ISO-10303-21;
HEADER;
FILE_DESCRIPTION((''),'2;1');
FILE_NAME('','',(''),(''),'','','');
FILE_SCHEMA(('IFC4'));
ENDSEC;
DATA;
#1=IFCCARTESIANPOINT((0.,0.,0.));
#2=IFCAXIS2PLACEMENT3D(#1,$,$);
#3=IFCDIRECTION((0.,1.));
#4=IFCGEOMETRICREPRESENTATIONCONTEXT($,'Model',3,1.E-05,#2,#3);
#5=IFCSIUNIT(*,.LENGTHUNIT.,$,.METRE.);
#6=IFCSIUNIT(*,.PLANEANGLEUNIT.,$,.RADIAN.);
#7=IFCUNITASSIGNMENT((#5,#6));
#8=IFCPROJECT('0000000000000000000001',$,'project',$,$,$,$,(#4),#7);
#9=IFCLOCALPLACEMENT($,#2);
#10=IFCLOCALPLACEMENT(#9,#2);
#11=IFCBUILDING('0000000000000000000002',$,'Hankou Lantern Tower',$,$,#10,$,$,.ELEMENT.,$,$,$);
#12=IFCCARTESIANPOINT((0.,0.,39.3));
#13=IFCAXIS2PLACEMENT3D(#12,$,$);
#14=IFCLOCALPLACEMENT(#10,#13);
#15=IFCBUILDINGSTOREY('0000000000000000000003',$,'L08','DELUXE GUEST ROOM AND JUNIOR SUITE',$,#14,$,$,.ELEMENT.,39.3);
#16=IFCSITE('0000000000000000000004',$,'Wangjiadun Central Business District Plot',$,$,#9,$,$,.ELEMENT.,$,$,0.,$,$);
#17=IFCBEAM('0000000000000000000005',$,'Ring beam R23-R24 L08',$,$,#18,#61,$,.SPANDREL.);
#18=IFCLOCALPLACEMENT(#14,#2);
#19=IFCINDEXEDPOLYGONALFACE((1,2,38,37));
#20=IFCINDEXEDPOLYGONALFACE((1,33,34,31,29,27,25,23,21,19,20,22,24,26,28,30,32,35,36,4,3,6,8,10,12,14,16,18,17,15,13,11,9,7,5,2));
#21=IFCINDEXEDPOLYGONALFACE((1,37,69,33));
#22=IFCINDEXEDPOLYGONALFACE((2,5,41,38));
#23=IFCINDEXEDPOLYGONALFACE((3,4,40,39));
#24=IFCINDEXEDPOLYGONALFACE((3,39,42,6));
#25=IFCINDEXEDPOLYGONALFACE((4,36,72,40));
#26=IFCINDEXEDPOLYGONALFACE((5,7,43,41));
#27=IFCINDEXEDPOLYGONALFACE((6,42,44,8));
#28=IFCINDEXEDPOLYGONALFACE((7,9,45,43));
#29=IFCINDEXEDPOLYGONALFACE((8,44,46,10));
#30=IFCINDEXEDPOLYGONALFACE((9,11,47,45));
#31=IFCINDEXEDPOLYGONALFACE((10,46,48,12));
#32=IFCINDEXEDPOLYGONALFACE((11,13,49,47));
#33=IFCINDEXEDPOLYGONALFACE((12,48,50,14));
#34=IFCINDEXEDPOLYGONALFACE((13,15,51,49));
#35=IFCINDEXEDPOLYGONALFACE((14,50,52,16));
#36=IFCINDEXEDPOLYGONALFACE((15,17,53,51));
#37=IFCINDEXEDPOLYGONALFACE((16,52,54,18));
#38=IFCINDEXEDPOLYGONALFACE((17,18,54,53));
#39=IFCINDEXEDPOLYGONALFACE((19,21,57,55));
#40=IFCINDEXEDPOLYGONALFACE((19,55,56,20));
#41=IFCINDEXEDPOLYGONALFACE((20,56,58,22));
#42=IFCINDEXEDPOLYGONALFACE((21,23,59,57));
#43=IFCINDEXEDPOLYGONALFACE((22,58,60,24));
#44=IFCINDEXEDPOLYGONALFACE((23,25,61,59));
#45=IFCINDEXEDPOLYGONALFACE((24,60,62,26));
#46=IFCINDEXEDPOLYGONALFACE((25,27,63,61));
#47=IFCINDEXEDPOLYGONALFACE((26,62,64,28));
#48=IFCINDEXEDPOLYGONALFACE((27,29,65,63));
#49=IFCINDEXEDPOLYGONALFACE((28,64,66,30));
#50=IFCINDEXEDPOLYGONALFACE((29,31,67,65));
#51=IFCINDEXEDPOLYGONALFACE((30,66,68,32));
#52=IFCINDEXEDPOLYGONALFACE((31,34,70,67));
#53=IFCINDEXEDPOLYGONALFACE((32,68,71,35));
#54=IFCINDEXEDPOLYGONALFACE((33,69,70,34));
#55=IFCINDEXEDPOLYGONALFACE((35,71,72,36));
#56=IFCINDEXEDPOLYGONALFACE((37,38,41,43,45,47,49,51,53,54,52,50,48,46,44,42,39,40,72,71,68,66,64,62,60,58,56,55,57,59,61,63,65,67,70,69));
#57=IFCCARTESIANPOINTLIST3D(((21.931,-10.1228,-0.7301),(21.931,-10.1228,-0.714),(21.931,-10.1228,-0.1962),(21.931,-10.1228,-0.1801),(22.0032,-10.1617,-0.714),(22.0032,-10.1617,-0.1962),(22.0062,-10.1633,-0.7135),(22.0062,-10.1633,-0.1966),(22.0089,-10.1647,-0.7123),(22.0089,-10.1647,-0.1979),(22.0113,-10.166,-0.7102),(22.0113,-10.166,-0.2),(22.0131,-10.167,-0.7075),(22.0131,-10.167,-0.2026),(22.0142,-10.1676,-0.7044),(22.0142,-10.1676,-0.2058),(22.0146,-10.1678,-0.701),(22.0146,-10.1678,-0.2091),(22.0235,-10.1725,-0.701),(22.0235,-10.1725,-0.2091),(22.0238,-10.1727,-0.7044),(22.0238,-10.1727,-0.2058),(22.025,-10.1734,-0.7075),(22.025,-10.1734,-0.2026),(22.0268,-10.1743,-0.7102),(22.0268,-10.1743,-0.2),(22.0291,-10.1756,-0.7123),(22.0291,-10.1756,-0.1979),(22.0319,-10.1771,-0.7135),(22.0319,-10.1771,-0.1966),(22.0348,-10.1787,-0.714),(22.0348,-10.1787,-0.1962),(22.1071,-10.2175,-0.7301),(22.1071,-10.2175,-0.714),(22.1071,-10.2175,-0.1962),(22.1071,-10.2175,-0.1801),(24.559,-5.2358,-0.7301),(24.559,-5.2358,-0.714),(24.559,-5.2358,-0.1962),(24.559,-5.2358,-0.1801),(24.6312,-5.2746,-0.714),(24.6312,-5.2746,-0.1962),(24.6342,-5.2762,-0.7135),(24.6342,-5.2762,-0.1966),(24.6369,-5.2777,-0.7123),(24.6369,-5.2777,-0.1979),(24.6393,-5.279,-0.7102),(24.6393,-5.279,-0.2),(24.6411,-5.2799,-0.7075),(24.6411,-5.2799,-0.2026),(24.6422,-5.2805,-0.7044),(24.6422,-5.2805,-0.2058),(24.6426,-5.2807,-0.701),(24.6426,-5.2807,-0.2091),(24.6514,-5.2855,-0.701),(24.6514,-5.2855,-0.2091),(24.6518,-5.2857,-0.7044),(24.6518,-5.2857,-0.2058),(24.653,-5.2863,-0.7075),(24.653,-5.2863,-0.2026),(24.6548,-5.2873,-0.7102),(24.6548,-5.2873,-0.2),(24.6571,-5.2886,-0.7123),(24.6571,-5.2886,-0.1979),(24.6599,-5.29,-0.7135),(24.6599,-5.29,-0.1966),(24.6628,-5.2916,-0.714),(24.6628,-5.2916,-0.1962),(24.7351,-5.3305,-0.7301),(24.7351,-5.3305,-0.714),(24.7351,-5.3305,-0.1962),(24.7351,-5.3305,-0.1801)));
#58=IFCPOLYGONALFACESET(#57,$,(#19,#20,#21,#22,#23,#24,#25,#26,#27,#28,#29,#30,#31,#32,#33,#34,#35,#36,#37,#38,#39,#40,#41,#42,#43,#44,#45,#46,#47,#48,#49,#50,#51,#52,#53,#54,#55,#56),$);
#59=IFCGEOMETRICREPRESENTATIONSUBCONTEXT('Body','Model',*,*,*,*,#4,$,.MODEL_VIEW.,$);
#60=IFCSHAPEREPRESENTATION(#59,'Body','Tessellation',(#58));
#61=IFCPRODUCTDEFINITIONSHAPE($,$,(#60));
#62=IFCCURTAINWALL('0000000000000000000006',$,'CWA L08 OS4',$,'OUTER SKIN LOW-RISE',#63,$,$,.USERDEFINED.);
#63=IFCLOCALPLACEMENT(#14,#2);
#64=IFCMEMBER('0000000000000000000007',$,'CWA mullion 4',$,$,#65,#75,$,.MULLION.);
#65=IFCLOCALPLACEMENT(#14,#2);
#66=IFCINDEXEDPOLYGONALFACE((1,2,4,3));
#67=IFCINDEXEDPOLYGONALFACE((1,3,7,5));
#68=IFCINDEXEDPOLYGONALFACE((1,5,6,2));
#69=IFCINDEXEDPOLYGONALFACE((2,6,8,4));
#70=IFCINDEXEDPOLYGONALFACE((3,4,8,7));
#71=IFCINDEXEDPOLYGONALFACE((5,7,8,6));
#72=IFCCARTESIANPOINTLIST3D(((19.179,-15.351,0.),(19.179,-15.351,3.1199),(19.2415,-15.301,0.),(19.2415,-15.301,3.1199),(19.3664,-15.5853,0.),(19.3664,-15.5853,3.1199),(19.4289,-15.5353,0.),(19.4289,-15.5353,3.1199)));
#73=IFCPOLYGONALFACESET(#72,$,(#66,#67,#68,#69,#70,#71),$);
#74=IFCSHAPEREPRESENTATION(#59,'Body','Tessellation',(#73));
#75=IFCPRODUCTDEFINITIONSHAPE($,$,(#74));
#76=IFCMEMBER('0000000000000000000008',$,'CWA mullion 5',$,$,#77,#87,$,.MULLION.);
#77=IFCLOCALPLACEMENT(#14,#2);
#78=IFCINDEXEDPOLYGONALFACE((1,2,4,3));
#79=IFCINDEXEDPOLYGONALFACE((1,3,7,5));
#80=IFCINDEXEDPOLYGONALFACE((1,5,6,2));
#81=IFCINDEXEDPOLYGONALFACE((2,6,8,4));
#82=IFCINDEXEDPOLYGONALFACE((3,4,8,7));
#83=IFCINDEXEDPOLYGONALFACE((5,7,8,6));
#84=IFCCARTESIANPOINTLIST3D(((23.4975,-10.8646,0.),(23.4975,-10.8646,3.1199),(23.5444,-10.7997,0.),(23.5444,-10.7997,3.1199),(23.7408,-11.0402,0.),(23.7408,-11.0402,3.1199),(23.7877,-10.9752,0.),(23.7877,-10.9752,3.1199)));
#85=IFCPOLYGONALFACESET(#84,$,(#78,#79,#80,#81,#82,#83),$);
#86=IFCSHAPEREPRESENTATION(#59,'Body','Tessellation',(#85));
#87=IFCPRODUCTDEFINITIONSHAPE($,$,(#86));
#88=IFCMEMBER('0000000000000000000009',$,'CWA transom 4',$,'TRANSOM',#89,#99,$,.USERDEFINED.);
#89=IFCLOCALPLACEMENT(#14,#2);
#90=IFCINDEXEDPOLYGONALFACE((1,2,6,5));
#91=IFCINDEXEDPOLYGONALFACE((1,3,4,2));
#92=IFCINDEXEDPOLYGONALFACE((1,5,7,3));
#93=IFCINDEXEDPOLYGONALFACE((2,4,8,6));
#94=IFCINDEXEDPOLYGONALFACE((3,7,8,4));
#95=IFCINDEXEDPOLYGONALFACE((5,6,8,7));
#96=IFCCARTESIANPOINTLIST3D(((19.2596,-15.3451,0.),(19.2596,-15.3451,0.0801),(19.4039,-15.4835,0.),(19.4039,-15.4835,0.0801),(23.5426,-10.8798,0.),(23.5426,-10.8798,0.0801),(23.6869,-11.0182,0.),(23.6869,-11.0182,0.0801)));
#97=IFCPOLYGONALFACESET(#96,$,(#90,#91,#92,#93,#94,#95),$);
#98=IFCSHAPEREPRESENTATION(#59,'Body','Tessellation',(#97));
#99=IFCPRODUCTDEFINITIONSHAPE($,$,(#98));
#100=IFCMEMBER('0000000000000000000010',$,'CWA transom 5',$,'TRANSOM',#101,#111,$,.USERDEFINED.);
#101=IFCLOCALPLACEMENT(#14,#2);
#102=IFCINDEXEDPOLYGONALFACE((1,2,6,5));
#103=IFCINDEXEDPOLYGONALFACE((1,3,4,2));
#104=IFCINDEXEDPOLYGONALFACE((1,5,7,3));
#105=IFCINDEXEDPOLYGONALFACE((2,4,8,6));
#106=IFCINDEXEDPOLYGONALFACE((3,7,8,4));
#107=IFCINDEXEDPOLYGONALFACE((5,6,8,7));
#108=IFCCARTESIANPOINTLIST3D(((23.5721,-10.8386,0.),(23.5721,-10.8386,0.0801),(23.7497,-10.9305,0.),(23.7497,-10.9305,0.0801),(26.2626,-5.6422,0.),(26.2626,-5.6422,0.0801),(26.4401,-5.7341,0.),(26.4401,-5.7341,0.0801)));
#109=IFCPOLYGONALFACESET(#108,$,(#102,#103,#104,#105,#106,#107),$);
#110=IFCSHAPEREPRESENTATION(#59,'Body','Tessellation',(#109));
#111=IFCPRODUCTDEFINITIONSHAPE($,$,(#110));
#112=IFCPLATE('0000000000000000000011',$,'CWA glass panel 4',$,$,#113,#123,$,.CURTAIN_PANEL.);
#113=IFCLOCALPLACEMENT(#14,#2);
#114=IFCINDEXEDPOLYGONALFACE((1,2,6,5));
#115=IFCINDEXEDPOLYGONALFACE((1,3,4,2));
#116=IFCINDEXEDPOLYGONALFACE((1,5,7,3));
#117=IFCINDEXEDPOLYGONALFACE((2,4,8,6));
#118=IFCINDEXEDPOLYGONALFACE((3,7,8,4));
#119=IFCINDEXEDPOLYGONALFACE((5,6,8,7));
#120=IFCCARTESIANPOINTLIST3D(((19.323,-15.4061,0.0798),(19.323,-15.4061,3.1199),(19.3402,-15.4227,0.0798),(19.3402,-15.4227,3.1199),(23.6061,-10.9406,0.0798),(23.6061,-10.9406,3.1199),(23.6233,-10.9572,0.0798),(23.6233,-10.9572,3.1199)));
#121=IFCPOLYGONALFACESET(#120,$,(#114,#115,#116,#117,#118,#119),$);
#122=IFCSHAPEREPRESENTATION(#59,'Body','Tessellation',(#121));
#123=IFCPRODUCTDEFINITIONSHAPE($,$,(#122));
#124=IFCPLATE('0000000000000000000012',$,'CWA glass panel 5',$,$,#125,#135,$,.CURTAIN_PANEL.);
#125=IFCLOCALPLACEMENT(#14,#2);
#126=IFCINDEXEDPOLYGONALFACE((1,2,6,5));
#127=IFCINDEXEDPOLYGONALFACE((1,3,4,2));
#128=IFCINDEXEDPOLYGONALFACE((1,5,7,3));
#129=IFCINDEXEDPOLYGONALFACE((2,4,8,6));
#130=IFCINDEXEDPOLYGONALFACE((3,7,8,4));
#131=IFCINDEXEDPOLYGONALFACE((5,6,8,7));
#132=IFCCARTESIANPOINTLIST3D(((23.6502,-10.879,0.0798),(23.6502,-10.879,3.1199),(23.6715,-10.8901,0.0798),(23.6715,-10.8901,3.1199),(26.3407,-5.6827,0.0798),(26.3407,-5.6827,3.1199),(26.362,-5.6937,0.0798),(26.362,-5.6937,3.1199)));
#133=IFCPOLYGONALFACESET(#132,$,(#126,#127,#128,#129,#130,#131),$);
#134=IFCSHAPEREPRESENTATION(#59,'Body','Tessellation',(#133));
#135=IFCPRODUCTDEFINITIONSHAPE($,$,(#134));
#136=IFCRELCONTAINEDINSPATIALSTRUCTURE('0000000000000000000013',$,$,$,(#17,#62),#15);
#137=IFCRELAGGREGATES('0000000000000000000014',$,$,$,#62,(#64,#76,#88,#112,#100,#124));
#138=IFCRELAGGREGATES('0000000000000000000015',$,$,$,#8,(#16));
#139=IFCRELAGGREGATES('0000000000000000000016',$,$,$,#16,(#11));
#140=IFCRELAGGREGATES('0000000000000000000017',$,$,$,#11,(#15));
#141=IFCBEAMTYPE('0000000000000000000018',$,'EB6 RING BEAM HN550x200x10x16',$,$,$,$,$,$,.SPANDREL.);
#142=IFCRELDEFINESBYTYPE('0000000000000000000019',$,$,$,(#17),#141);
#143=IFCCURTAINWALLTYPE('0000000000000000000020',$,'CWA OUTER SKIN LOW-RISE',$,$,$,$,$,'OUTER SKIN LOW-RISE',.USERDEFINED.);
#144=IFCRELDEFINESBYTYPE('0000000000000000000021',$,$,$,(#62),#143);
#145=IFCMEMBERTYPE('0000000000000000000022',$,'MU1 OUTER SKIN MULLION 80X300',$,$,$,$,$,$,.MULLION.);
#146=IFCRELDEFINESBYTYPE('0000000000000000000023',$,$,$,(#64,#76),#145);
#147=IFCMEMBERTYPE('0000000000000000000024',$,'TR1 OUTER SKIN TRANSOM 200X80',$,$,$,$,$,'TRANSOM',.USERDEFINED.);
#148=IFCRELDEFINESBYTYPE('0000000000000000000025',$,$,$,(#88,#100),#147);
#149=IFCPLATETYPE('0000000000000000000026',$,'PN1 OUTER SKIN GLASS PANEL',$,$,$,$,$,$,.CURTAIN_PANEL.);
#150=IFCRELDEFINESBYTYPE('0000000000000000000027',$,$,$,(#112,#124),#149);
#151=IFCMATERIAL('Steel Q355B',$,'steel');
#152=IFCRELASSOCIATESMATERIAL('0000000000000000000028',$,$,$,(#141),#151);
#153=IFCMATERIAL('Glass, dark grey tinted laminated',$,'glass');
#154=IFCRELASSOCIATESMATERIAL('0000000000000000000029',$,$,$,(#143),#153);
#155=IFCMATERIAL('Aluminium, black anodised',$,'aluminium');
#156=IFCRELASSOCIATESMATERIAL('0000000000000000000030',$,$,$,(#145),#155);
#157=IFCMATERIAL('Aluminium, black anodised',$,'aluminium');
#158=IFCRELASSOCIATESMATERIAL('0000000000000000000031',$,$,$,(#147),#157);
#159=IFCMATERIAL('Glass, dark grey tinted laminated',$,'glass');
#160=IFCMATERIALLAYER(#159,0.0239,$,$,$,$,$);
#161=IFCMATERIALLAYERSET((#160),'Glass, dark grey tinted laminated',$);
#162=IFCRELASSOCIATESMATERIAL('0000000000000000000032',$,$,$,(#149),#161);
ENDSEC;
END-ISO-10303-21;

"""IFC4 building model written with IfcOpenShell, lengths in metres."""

from ifc_helpers import new_model, si_unit, direction, frame, origin, origin_2d, place, context, subcontext, project, spatial, rectangle, i_section, extrude, material, layer, layer_set, material_profile, profile_set, type_object, element, aggregate, save


model = new_model("IFC4")

# Units and contexts
model_context = context("Model", 3, precision=1e-05, world=origin(), true_north=direction((0.0, 1.0)))
body_context = subcontext(model_context, "Body", "Model", "MODEL_VIEW")
ifc_project = project(units=[si_unit("LENGTHUNIT", "METRE"), si_unit("PLANEANGLEUNIT", "RADIAN")], contexts=[model_context])

# Site, building, storey
site_placement = place(None, origin())
site = spatial("IfcSite", under=ifc_project, at=site_placement, Name="Wangjiadun Central Business District Plot", CompositionType="ELEMENT", RefElevation=0.0)
building_placement = place(site_placement, origin())
building = spatial("IfcBuilding", under=site, at=building_placement, Name="Hankou Lantern Tower", CompositionType="ELEMENT")
storey_placement = place(building_placement, frame((0.0, 0.0, 39.3)))
storey = spatial("IfcBuildingStorey", under=building, at=storey_placement, Name="L08", Description="DELUXE GUEST ROOM AND JUNIOR SUITE", CompositionType="ELEMENT", Elevation=39.3)

# Beam
ifc_material_1 = material(Name="Steel Q355B", Category="steel")
ifc_material_profile_1 = material_profile(ifc_material_1, i_section(OverallWidth=0.2, OverallDepth=0.55, WebThickness=0.01, FlangeThickness=0.0161, FilletRadius=0.0129, at=origin_2d()), Name="HN550x200x10x16")
ifc_profile_set_1 = profile_set([ifc_material_profile_1], Name="Steel Q355B")
beam_type = type_object("IfcBeamType", Name="EB6 RING BEAM HN550x200x10x16", PredefinedType="SPANDREL", material=ifc_profile_set_1)
beam_1_placement = place(storey_placement, frame((22.019, -10.1702, -0.4551), z_axis=(0.473609, 0.880735, 0.0), x_axis=(-0.880735, 0.473609, 0.0)))
element("IfcBeam", 1, at=beam_1_placement, inside=storey, type_object=beam_type, Name="Ring beam R23-R24 L08", PredefinedType="SPANDREL", context=body_context, shape_type="SweptSolid", body=[
    extrude(i_section(OverallWidth=0.2, OverallDepth=0.55, WebThickness=0.01, FlangeThickness=0.0161, FilletRadius=0.0129, at=origin_2d()), origin(), (0.0, 0.0, 1.0), 5.5488),
])

# Curtain wall, members, plates
ifc_material_2 = material(Name="Glass, dark grey tinted laminated", Category="glass")
curtain_wall_type = type_object("IfcCurtainWallType", Name="CWA OUTER SKIN LOW-RISE", ElementType="OUTER SKIN LOW-RISE", PredefinedType="USERDEFINED", material=ifc_material_2)
curtain_wall_placement = place(storey_placement, origin())
curtain_wall = element("IfcCurtainWall", 2, at=curtain_wall_placement, inside=storey, type_object=curtain_wall_type, Name="CWA L08 OS4", ObjectType="OUTER SKIN LOW-RISE", PredefinedType="USERDEFINED")
ifc_material_3 = material(Name="Aluminium, black anodised", Category="aluminium")
ifc_material_profile_2 = material_profile(ifc_material_3, rectangle(XDim=0.0801, YDim=0.3, at=origin_2d()), Name="MU1 80X300")
ifc_profile_set_2 = profile_set([ifc_material_profile_2], Name="Aluminium, black anodised")
member_type_1 = type_object("IfcMemberType", Name="MU1 OUTER SKIN MULLION 80X300", PredefinedType="MULLION", material=ifc_profile_set_2)
member_1_placement = place(storey_placement, frame((19.304, -15.4431, 0.0), z_axis=(0.0, 0.0, 1.0), x_axis=(0.780869, 0.624695, 0.0)))
member_1 = element("IfcMember", 3, at=member_1_placement, type_object=member_type_1, Name="CWA mullion 4", PredefinedType="MULLION", context=body_context, shape_type="SweptSolid", body=[
    extrude(rectangle(XDim=0.0801, YDim=0.3, at=origin_2d()), origin(), (0.0, 0.0, 1.0), 3.1199),
])
member_2_placement = place(storey_placement, frame((23.6426, -10.9199, 0.0), z_axis=(0.0, 0.0, 1.0), x_axis=(0.585206, 0.810885, 0.0)))
member_2 = element("IfcMember", 4, at=member_2_placement, type_object=member_type_1, Name="CWA mullion 5", PredefinedType="MULLION", context=body_context, shape_type="SweptSolid", body=[
    extrude(rectangle(XDim=0.0801, YDim=0.3, at=origin_2d()), origin(), (0.0, 0.0, 1.0), 3.1199),
])
ifc_material_4 = material(Name="Aluminium, black anodised", Category="aluminium")
ifc_material_profile_3 = material_profile(ifc_material_4, rectangle(XDim=0.2, YDim=0.0801, at=origin_2d()), Name="TR1 200X80")
ifc_profile_set_3 = profile_set([ifc_material_profile_3], Name="Aluminium, black anodised")
member_type_2 = type_object("IfcMemberType", Name="TR1 OUTER SKIN TRANSOM 200X80", ElementType="TRANSOM", PredefinedType="USERDEFINED", material=ifc_profile_set_3)
member_3_placement = place(storey_placement, frame((19.3318, -15.4143, 0.04), z_axis=(0.692216, 0.721691, 0.0), x_axis=(-0.721691, 0.692216, 0.0)))
member_3 = element("IfcMember", 5, at=member_3_placement, type_object=member_type_2, Name="CWA transom 4", ObjectType="TRANSOM", PredefinedType="USERDEFINED", context=body_context, shape_type="SweptSolid", body=[
    extrude(rectangle(XDim=0.2, YDim=0.0801, at=origin_2d()), origin(), (0.0, 0.0, 1.0), 6.1873),
])
member_4_placement = place(storey_placement, frame((23.6609, -10.8845, 0.04), z_axis=(0.459786, 0.88803, 0.0), x_axis=(-0.88803, 0.459786, 0.0)))
member_4 = element("IfcMember", 6, at=member_4_placement, type_object=member_type_2, Name="CWA transom 5", ObjectType="TRANSOM", PredefinedType="USERDEFINED", context=body_context, shape_type="SweptSolid", body=[
    extrude(rectangle(XDim=0.2, YDim=0.0801, at=origin_2d()), origin(), (0.0, 0.0, 1.0), 5.8516),
])
ifc_material_5 = material(Name="Glass, dark grey tinted laminated", Category="glass")
ifc_layer_1 = layer(ifc_material_5, 0.0239)
ifc_layer_set_1 = layer_set([ifc_layer_1], Name="Glass, dark grey tinted laminated")
plate_type = type_object("IfcPlateType", Name="PN1 OUTER SKIN GLASS PANEL", PredefinedType="CURTAIN_PANEL", material=ifc_layer_set_1)
plate_1_placement = place(storey_placement, frame((21.4731, -13.1816, 0.0798), z_axis=(0.0, 0.0, 1.0), x_axis=(0.692216, 0.721691, 0.0)))
plate_1 = element("IfcPlate", 7, at=plate_1_placement, type_object=plate_type, Name="CWA glass panel 4", PredefinedType="CURTAIN_PANEL", context=body_context, shape_type="SweptSolid", body=[
    extrude(rectangle(XDim=6.1875, YDim=0.0239, at=origin_2d()), origin(), (0.0, 0.0, 1.0), 3.04),
])
plate_2_placement = place(storey_placement, frame((25.0061, -8.2864, 0.0798), z_axis=(0.0, 0.0, 1.0), x_axis=(0.459791, 0.888027, 0.0)))
plate_2 = element("IfcPlate", 8, at=plate_2_placement, type_object=plate_type, Name="CWA glass panel 5", PredefinedType="CURTAIN_PANEL", context=body_context, shape_type="SweptSolid", body=[
    extrude(rectangle(XDim=5.8516, YDim=0.0239, at=origin_2d()), origin(), (0.0, 0.0, 1.0), 3.04),
])
aggregate(curtain_wall, [member_1, member_2, member_3, plate_1, member_4, plate_2])

save(model, "model.ifc")
